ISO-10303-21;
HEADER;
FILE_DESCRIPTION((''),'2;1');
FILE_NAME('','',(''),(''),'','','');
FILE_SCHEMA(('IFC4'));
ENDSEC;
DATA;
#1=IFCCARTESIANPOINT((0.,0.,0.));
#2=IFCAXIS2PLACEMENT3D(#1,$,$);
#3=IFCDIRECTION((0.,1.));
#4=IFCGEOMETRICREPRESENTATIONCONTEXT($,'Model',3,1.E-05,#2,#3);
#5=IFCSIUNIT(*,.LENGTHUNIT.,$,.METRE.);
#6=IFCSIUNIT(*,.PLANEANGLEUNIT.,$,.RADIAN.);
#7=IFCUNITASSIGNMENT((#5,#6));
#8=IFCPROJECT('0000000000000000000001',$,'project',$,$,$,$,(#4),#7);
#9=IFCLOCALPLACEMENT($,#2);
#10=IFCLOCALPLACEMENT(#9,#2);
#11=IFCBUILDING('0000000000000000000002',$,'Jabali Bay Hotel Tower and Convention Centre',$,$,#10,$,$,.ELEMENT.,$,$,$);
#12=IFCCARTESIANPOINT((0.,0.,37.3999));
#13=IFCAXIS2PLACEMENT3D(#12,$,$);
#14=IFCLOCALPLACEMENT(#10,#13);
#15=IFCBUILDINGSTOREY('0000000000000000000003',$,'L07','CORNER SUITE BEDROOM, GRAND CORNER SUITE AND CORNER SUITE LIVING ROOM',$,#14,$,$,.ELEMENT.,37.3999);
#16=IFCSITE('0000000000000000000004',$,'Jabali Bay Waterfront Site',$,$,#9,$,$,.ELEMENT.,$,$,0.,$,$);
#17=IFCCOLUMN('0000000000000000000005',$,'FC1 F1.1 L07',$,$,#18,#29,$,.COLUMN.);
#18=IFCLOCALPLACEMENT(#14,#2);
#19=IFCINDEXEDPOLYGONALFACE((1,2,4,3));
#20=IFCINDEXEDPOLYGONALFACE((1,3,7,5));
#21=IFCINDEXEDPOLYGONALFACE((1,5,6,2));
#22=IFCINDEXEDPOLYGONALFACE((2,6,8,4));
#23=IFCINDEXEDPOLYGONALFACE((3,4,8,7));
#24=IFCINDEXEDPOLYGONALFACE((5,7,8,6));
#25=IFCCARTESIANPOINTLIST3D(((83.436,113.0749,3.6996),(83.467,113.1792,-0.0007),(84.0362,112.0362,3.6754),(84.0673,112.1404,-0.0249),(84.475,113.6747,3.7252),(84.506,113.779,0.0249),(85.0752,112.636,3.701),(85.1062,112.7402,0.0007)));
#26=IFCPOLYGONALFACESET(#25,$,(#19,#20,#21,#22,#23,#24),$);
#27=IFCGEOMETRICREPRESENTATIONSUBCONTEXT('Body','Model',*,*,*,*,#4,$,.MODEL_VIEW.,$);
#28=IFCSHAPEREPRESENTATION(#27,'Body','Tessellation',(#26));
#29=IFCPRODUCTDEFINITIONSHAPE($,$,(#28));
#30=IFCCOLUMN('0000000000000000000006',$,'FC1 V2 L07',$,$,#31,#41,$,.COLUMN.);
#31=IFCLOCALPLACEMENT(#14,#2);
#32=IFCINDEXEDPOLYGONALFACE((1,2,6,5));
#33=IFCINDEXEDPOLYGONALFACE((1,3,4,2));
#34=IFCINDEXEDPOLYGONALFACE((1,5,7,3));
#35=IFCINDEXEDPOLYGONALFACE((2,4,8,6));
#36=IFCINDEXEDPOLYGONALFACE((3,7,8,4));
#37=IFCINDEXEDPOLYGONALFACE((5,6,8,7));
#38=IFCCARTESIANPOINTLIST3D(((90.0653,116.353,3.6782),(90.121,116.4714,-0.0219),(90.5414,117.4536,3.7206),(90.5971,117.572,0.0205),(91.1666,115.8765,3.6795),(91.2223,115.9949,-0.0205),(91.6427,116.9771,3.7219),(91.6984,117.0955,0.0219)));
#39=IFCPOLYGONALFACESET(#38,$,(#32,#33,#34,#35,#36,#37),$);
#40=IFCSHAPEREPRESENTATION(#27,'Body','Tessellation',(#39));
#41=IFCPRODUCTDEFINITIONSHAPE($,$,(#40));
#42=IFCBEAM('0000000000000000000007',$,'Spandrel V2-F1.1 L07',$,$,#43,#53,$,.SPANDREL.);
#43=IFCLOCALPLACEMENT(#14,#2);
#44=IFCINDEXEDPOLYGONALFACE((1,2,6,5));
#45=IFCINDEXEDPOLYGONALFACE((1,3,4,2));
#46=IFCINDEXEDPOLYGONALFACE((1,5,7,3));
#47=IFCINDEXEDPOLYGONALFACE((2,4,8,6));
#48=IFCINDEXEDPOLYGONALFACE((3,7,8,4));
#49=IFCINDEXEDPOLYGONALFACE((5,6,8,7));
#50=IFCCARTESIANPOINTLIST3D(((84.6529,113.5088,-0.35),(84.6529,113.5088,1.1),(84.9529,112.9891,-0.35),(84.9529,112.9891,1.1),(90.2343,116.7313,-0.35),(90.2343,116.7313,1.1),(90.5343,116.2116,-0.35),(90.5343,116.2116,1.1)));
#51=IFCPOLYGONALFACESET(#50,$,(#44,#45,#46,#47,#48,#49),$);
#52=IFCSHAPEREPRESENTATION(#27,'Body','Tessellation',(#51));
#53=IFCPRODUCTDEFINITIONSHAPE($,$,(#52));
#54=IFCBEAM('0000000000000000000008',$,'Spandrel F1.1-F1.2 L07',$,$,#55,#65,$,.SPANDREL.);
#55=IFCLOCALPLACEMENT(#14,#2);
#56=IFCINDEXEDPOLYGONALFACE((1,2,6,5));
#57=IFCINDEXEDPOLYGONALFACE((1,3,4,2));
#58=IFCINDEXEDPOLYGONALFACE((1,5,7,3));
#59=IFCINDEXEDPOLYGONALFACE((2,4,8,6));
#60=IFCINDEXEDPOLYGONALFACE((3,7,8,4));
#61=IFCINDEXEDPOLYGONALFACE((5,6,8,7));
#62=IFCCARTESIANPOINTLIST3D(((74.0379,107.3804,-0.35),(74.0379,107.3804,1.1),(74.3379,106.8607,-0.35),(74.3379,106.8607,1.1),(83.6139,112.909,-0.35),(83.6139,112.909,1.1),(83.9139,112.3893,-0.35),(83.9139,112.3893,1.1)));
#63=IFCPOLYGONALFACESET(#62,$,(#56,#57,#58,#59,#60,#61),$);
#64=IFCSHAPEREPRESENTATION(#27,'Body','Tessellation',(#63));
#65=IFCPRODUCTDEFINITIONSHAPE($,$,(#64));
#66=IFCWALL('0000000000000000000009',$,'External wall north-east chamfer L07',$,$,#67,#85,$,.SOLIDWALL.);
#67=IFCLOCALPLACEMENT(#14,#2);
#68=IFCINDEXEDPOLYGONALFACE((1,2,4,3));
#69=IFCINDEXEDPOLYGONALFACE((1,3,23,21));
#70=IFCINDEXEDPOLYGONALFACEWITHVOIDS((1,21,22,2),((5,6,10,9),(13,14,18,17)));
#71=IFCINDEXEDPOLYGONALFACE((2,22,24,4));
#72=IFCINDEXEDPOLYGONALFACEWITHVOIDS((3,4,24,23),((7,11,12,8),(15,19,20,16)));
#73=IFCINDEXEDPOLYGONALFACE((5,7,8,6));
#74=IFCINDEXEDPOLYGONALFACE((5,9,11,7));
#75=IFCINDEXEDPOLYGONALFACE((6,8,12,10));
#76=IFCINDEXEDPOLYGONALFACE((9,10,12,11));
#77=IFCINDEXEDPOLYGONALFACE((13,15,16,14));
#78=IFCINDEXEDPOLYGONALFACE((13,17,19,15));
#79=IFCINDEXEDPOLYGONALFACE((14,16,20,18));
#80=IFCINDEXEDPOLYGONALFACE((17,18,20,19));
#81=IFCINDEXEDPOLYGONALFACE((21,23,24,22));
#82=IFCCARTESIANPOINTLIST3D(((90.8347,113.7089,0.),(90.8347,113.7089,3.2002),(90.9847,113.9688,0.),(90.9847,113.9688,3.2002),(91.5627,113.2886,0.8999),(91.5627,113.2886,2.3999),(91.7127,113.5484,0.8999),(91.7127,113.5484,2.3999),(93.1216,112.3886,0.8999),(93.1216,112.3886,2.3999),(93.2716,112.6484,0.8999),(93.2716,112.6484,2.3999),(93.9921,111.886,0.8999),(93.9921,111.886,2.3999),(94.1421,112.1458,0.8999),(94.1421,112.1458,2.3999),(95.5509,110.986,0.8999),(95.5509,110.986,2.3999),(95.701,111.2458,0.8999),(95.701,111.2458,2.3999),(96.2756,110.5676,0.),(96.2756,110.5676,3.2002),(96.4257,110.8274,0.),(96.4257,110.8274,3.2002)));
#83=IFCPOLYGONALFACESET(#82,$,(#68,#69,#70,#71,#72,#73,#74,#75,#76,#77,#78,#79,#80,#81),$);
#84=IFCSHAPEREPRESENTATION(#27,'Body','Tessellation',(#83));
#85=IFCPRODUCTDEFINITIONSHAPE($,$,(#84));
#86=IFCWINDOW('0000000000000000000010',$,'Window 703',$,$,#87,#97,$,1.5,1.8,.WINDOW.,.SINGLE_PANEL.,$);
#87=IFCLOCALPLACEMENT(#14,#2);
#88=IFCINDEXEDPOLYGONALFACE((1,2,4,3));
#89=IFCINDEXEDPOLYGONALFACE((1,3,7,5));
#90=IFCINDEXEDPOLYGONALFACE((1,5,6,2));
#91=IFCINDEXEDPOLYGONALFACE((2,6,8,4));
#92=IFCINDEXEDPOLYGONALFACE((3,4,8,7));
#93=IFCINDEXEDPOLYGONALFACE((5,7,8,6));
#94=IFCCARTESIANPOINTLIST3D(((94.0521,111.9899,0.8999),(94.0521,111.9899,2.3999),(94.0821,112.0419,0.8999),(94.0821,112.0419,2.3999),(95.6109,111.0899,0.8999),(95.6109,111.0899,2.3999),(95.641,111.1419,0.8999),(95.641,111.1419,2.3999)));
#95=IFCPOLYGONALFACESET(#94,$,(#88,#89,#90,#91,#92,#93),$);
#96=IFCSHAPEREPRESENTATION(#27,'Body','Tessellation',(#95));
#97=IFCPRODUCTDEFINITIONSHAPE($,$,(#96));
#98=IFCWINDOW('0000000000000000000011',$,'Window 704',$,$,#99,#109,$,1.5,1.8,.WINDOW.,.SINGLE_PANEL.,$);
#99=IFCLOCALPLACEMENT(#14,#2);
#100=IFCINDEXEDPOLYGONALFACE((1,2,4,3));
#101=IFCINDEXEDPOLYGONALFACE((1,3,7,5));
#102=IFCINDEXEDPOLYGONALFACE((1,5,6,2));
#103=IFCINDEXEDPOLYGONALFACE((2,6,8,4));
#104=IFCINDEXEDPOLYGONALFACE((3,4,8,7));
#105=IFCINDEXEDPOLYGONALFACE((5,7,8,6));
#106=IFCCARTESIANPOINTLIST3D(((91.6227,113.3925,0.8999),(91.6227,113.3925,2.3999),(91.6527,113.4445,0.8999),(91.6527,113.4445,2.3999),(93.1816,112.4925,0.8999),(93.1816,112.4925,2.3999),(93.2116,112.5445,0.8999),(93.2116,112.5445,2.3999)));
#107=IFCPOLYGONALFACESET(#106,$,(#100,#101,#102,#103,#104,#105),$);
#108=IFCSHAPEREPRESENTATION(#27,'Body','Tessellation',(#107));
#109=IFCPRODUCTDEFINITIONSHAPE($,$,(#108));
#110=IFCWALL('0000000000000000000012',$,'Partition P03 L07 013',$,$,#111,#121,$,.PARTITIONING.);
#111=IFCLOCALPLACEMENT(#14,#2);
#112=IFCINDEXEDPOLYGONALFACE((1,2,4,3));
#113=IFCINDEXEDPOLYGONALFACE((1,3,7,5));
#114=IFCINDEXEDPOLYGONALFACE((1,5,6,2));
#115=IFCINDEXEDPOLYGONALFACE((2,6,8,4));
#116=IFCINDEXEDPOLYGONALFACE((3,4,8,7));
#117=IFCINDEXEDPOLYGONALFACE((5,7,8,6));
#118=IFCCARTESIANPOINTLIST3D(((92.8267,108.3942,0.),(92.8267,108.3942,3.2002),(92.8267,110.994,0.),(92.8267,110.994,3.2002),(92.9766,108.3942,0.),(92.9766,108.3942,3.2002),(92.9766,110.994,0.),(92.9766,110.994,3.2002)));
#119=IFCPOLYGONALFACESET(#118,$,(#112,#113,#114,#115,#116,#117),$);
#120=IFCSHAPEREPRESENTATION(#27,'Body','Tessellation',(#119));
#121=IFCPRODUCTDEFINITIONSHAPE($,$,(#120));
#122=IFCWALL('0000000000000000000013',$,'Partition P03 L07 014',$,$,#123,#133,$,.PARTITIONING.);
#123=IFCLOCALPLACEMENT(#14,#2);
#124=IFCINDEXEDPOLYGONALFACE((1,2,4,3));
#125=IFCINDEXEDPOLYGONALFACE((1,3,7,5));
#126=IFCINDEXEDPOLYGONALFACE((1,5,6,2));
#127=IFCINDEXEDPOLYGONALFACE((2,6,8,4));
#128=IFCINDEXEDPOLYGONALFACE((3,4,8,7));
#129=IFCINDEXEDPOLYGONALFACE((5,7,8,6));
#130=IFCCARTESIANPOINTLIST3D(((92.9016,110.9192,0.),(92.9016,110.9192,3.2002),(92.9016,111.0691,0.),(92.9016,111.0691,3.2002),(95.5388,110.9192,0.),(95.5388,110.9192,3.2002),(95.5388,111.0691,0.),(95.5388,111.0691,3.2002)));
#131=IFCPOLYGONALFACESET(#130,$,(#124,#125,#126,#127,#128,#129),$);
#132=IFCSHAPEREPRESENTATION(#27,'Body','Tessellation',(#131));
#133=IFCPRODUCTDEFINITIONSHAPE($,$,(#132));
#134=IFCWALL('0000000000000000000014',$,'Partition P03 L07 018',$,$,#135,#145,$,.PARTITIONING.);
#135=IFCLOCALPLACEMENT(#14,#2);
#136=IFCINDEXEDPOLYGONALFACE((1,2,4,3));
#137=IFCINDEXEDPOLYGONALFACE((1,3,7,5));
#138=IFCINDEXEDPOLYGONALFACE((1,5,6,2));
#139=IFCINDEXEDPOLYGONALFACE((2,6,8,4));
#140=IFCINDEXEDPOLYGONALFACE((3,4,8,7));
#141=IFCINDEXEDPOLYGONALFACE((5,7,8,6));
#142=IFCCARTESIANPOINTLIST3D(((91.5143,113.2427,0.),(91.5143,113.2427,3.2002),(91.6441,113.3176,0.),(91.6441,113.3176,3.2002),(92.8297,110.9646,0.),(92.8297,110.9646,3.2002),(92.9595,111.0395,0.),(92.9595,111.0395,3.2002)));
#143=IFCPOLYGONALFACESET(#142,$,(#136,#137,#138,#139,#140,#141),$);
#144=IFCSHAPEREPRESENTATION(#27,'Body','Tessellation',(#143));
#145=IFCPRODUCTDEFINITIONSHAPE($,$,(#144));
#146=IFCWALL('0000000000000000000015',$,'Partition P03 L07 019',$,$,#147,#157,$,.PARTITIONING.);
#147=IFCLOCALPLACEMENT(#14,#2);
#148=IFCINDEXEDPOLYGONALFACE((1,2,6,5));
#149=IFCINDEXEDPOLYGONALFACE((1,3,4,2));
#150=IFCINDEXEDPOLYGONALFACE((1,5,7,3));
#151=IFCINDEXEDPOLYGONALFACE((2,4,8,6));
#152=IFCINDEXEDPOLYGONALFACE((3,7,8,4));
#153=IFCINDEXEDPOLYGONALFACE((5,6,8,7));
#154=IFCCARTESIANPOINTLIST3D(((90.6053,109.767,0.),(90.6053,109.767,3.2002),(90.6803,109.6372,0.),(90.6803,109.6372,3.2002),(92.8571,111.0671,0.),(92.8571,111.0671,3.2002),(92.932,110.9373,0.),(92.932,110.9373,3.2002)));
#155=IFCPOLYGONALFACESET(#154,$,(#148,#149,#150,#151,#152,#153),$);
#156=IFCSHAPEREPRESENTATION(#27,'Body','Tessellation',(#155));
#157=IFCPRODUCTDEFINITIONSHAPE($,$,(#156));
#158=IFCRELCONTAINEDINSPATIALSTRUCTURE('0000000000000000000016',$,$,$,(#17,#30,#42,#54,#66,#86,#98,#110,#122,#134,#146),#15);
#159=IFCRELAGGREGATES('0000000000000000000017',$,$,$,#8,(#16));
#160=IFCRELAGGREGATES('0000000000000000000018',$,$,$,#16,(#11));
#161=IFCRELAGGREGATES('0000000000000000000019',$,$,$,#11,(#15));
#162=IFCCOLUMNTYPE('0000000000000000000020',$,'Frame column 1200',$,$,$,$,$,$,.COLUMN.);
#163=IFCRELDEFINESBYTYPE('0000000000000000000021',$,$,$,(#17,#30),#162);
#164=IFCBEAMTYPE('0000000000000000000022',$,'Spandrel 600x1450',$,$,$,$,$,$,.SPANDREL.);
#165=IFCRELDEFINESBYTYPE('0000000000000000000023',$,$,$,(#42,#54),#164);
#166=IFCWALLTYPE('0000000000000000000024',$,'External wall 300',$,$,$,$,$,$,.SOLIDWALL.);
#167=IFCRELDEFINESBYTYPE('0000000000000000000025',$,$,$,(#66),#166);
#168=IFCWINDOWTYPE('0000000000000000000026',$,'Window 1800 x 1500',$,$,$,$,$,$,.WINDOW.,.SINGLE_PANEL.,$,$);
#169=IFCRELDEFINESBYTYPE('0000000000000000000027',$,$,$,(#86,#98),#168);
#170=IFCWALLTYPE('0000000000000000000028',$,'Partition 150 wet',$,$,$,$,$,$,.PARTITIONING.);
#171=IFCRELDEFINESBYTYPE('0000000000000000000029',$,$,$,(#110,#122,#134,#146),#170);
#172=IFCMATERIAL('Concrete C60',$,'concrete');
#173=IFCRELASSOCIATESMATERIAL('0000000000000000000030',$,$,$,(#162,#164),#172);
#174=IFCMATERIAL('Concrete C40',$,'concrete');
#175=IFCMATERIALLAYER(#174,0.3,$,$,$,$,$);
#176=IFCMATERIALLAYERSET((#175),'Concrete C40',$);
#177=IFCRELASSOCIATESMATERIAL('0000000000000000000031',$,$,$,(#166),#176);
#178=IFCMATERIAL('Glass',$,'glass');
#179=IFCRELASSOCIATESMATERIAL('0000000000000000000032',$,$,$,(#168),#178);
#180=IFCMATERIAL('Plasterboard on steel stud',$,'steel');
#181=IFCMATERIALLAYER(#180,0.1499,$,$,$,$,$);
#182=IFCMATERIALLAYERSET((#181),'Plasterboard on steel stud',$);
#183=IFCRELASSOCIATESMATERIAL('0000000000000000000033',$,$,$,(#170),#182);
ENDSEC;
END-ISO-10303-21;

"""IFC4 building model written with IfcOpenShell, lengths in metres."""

from ifc_helpers import new_model, si_unit, direction, frame, frame_2d, origin, origin_2d, place, context, subcontext, project, spatial, rectangle, extrude, material, layer, layer_set, material_profile, profile_set, type_object, element, fill, save


model = new_model("IFC4")

# Units and contexts
model_context = context("Model", 3, precision=1e-05, world=origin(), true_north=direction((0.0, 1.0)))
body_context = subcontext(model_context, "Body", "Model", "MODEL_VIEW")
ifc_project = project(units=[si_unit("LENGTHUNIT", "METRE"), si_unit("PLANEANGLEUNIT", "RADIAN")], contexts=[model_context])

# Site, building, storey
site_placement = place(None, origin())
site = spatial("IfcSite", under=ifc_project, at=site_placement, Name="Jabali Bay Waterfront Site", CompositionType="ELEMENT", RefElevation=0.0)
building_placement = place(site_placement, origin())
building = spatial("IfcBuilding", under=site, at=building_placement, Name="Jabali Bay Hotel Tower and Convention Centre", CompositionType="ELEMENT")
storey_placement = place(building_placement, frame((0.0, 0.0, 37.3999)))
storey = spatial("IfcBuildingStorey", under=building, at=storey_placement, Name="L07", Description="CORNER SUITE BEDROOM, GRAND CORNER SUITE AND CORNER SUITE LIVING ROOM", CompositionType="ELEMENT", Elevation=37.3999)

# Columns
ifc_material_1 = material(Name="Concrete C60", Category="concrete")
ifc_material_profile_1 = material_profile(ifc_material_1, rectangle(XDim=1.2, YDim=1.2, at=origin_2d()), Name="Frame column 1200")
ifc_profile_set_1 = profile_set([ifc_material_profile_1], Name="Concrete C60")
column_type = type_object("IfcColumnType", Name="Frame column 1200", PredefinedType="COLUMN", material=ifc_profile_set_1)
column_1_placement = place(storey_placement, frame((84.2866, 112.9597, 0.0), z_axis=(-0.008376, -0.028161, 0.999568), x_axis=(0.865852, 0.499845, 0.021338)))
element("IfcColumn", 1, at=column_1_placement, inside=storey, type_object=column_type, Name="FC1 F1.1 L07", PredefinedType="COLUMN", context=body_context, shape_type="SweptSolid", body=[
    extrude(rectangle(XDim=1.2, YDim=1.2, at=origin_2d()), origin(), (0.0, 0.0, 1.0), 3.7019),
])
column_2_placement = place(storey_placement, frame((90.9097, 116.7834, 0.0), z_axis=(-0.015034, -0.031981, 0.999375), x_axis=(0.91779, -0.397065, 0.001101)))
element("IfcColumn", 2, at=column_2_placement, inside=storey, type_object=column_type, Name="FC1 V2 L07", PredefinedType="COLUMN", context=body_context, shape_type="SweptSolid", body=[
    extrude(rectangle(XDim=1.2, YDim=1.2, at=origin_2d()), origin(), (0.0, 0.0, 1.0), 3.7024),
])

# Beams
ifc_material_profile_2 = material_profile(ifc_material_1, rectangle(XDim=0.6001, YDim=1.45, at=origin_2d()), Name="Spandrel 600x1450")
ifc_profile_set_2 = profile_set([ifc_material_profile_2], Name="Concrete C60")
beam_type = type_object("IfcBeamType", Name="Spandrel 600x1450", PredefinedType="SPANDREL", material=ifc_profile_set_2)
beam_1_placement = place(storey_placement, frame((90.3843, 116.4714, 0.375), z_axis=(-0.866022, -0.500006, 0.0), x_axis=(0.500006, -0.866022, 0.0)))
element("IfcBeam", 3, at=beam_1_placement, inside=storey, type_object=beam_type, Name="Spandrel V2-F1.1 L07", PredefinedType="SPANDREL", context=body_context, shape_type="SweptSolid", body=[
    extrude(rectangle(XDim=0.6001, YDim=1.45, at=origin_2d()), origin(), (0.0, 0.0, 1.0), 6.4448),
])
beam_2_placement = place(storey_placement, frame((83.7639, 112.6492, 0.375), z_axis=(-0.866029, -0.499993, 0.0), x_axis=(0.499993, -0.866029, 0.0)))
element("IfcBeam", 4, at=beam_2_placement, inside=storey, type_object=beam_type, Name="Spandrel F1.1-F1.2 L07", PredefinedType="SPANDREL", context=body_context, shape_type="SweptSolid", body=[
    extrude(rectangle(XDim=0.6001, YDim=1.45, at=origin_2d()), origin(), (0.0, 0.0, 1.0), 11.0574),
])

# Wall, openings, windows
ifc_material_2 = material(Name="Concrete C40", Category="concrete")
ifc_layer_1 = layer(ifc_material_2, 0.3)
ifc_layer_set_1 = layer_set([ifc_layer_1], Name="Concrete C40")
wall_type_1 = type_object("IfcWallType", Name="External wall 300", PredefinedType="SOLIDWALL", material=ifc_layer_set_1)
wall_1_placement = place(storey_placement, frame((90.9097, 113.8389, 0.0), z_axis=(0.0, 0.0, 1.0), x_axis=(0.866023, -0.500005, 0.0)))
wall_1 = element("IfcWall", 5, at=wall_1_placement, inside=storey, type_object=wall_type_1, Name="External wall north-east chamfer L07", PredefinedType="SOLIDWALL", context=body_context, shape_type="SweptSolid", body=[
    extrude(rectangle(XDim=6.2827, YDim=0.3, at=frame_2d((3.1414, 0.0))), origin(), (0.0, 0.0, 1.0), 3.2002),
])
opening_1_placement = place(wall_1_placement, frame((3.646, 0.0, 0.8999)))
opening_1 = element("IfcOpeningElement", 6, at=opening_1_placement, cuts=wall_1, PredefinedType="OPENING", context=body_context, shape_type="SweptSolid", body=[
    extrude(rectangle(XDim=1.8, YDim=1.5, at=frame_2d((0.8999, 0.75))), frame((0.0, 0.1606, 0.0), z_axis=(0.0, -1.0, 0.0), x_axis=(1.0, 0.0, 0.0)), (0.0, 0.0, 1.0), 0.321),
])
opening_2_placement = place(wall_1_placement, frame((0.8408, 0.0, 0.8999)))
opening_2 = element("IfcOpeningElement", 7, at=opening_2_placement, cuts=wall_1, PredefinedType="OPENING", context=body_context, shape_type="SweptSolid", body=[
    extrude(rectangle(XDim=1.8, YDim=1.5, at=frame_2d((0.8999, 0.75))), frame((0.0, 0.1606, 0.0), z_axis=(0.0, -1.0, 0.0), x_axis=(1.0, 0.0, 0.0)), (0.0, 0.0, 1.0), 0.321),
])
ifc_material_3 = material(Name="Glass", Category="glass")
window_type = type_object("IfcWindowType", Name="Window 1800 x 1500", PartitioningType="SINGLE_PANEL", PredefinedType="WINDOW", material=ifc_material_3)
window_1_placement = place(opening_1_placement, origin())
window_1 = element("IfcWindow", 8, at=window_1_placement, inside=storey, type_object=window_type, Name="Window 703", OverallHeight=1.5, OverallWidth=1.8, PartitioningType="SINGLE_PANEL", PredefinedType="WINDOW", context=body_context, shape_type="SweptSolid", body=[
    extrude(rectangle(XDim=1.8, YDim=1.5, at=frame_2d((0.8999, 0.75))), frame((0.0, 0.03, 0.0), z_axis=(0.0, -1.0, 0.0), x_axis=(1.0, 0.0, 0.0)), (0.0, 0.0, 1.0), 0.0601),
])
fill(opening_1, window_1)
window_2_placement = place(opening_2_placement, origin())
window_2 = element("IfcWindow", 9, at=window_2_placement, inside=storey, type_object=window_type, Name="Window 704", OverallHeight=1.5, OverallWidth=1.8, PartitioningType="SINGLE_PANEL", PredefinedType="WINDOW", context=body_context, shape_type="SweptSolid", body=[
    extrude(rectangle(XDim=1.8, YDim=1.5, at=frame_2d((0.8999, 0.75))), frame((0.0, 0.03, 0.0), z_axis=(0.0, -1.0, 0.0), x_axis=(1.0, 0.0, 0.0)), (0.0, 0.0, 1.0), 0.0601),
])
fill(opening_2, window_2)

# Walls
ifc_material_4 = material(Name="Plasterboard on steel stud", Category="steel")
ifc_layer_2 = layer(ifc_material_4, 0.1499)
ifc_layer_set_2 = layer_set([ifc_layer_2], Name="Plasterboard on steel stud")
wall_type_2 = type_object("IfcWallType", Name="Partition 150 wet", PredefinedType="PARTITIONING", material=ifc_layer_set_2)
wall_2_placement = place(storey_placement, frame((92.9016, 108.3943, 0.0), z_axis=(0.0, 0.0, 1.0), x_axis=(0.0, 1.0, 0.0)))
element("IfcWall", 10, at=wall_2_placement, inside=storey, type_object=wall_type_2, Name="Partition P03 L07 013", PredefinedType="PARTITIONING", context=body_context, shape_type="SweptSolid", body=[
    extrude(rectangle(XDim=2.5999, YDim=0.1499, at=frame_2d((1.2998, 0.0))), origin(), (0.0, 0.0, 1.0), 3.2002),
])
wall_3_placement = place(storey_placement, frame((92.9016, 110.9941, 0.0), z_axis=(0.0, 0.0, 1.0), x_axis=(1.0, 0.0, 0.0)))
element("IfcWall", 11, at=wall_3_placement, inside=storey, type_object=wall_type_2, Name="Partition P03 L07 014", PredefinedType="PARTITIONING", context=body_context, shape_type="SweptSolid", body=[
    extrude(rectangle(XDim=2.6372, YDim=0.1499, at=frame_2d((1.3186, 0.0))), origin(), (0.0, 0.0, 1.0), 3.2002),
])
wall_4_placement = place(storey_placement, frame((91.5791, 113.2803, 0.0), z_axis=(0.0, 0.0, 1.0), x_axis=(0.500052, -0.865995, 0.0)))
element("IfcWall", 12, at=wall_4_placement, inside=storey, type_object=wall_type_2, Name="Partition P03 L07 018", PredefinedType="PARTITIONING", context=body_context, shape_type="SweptSolid", body=[
    extrude(rectangle(XDim=2.6306, YDim=0.1499, at=frame_2d((1.3154, 0.0))), origin(), (0.0, 0.0, 1.0), 3.2002),
])
wall_5_placement = place(storey_placement, frame((92.8945, 111.0022, 0.0), z_axis=(0.0, 0.0, 1.0), x_axis=(-0.866021, -0.500007, 0.0)))
element("IfcWall", 13, at=wall_5_placement, inside=storey, type_object=wall_type_2, Name="Partition P03 L07 019", PredefinedType="PARTITIONING", context=body_context, shape_type="SweptSolid", body=[
    extrude(rectangle(XDim=2.6001, YDim=0.1499, at=frame_2d((1.3, 0.0))), origin(), (0.0, 0.0, 1.0), 3.2002),
])

save(model, "model.ifc")
